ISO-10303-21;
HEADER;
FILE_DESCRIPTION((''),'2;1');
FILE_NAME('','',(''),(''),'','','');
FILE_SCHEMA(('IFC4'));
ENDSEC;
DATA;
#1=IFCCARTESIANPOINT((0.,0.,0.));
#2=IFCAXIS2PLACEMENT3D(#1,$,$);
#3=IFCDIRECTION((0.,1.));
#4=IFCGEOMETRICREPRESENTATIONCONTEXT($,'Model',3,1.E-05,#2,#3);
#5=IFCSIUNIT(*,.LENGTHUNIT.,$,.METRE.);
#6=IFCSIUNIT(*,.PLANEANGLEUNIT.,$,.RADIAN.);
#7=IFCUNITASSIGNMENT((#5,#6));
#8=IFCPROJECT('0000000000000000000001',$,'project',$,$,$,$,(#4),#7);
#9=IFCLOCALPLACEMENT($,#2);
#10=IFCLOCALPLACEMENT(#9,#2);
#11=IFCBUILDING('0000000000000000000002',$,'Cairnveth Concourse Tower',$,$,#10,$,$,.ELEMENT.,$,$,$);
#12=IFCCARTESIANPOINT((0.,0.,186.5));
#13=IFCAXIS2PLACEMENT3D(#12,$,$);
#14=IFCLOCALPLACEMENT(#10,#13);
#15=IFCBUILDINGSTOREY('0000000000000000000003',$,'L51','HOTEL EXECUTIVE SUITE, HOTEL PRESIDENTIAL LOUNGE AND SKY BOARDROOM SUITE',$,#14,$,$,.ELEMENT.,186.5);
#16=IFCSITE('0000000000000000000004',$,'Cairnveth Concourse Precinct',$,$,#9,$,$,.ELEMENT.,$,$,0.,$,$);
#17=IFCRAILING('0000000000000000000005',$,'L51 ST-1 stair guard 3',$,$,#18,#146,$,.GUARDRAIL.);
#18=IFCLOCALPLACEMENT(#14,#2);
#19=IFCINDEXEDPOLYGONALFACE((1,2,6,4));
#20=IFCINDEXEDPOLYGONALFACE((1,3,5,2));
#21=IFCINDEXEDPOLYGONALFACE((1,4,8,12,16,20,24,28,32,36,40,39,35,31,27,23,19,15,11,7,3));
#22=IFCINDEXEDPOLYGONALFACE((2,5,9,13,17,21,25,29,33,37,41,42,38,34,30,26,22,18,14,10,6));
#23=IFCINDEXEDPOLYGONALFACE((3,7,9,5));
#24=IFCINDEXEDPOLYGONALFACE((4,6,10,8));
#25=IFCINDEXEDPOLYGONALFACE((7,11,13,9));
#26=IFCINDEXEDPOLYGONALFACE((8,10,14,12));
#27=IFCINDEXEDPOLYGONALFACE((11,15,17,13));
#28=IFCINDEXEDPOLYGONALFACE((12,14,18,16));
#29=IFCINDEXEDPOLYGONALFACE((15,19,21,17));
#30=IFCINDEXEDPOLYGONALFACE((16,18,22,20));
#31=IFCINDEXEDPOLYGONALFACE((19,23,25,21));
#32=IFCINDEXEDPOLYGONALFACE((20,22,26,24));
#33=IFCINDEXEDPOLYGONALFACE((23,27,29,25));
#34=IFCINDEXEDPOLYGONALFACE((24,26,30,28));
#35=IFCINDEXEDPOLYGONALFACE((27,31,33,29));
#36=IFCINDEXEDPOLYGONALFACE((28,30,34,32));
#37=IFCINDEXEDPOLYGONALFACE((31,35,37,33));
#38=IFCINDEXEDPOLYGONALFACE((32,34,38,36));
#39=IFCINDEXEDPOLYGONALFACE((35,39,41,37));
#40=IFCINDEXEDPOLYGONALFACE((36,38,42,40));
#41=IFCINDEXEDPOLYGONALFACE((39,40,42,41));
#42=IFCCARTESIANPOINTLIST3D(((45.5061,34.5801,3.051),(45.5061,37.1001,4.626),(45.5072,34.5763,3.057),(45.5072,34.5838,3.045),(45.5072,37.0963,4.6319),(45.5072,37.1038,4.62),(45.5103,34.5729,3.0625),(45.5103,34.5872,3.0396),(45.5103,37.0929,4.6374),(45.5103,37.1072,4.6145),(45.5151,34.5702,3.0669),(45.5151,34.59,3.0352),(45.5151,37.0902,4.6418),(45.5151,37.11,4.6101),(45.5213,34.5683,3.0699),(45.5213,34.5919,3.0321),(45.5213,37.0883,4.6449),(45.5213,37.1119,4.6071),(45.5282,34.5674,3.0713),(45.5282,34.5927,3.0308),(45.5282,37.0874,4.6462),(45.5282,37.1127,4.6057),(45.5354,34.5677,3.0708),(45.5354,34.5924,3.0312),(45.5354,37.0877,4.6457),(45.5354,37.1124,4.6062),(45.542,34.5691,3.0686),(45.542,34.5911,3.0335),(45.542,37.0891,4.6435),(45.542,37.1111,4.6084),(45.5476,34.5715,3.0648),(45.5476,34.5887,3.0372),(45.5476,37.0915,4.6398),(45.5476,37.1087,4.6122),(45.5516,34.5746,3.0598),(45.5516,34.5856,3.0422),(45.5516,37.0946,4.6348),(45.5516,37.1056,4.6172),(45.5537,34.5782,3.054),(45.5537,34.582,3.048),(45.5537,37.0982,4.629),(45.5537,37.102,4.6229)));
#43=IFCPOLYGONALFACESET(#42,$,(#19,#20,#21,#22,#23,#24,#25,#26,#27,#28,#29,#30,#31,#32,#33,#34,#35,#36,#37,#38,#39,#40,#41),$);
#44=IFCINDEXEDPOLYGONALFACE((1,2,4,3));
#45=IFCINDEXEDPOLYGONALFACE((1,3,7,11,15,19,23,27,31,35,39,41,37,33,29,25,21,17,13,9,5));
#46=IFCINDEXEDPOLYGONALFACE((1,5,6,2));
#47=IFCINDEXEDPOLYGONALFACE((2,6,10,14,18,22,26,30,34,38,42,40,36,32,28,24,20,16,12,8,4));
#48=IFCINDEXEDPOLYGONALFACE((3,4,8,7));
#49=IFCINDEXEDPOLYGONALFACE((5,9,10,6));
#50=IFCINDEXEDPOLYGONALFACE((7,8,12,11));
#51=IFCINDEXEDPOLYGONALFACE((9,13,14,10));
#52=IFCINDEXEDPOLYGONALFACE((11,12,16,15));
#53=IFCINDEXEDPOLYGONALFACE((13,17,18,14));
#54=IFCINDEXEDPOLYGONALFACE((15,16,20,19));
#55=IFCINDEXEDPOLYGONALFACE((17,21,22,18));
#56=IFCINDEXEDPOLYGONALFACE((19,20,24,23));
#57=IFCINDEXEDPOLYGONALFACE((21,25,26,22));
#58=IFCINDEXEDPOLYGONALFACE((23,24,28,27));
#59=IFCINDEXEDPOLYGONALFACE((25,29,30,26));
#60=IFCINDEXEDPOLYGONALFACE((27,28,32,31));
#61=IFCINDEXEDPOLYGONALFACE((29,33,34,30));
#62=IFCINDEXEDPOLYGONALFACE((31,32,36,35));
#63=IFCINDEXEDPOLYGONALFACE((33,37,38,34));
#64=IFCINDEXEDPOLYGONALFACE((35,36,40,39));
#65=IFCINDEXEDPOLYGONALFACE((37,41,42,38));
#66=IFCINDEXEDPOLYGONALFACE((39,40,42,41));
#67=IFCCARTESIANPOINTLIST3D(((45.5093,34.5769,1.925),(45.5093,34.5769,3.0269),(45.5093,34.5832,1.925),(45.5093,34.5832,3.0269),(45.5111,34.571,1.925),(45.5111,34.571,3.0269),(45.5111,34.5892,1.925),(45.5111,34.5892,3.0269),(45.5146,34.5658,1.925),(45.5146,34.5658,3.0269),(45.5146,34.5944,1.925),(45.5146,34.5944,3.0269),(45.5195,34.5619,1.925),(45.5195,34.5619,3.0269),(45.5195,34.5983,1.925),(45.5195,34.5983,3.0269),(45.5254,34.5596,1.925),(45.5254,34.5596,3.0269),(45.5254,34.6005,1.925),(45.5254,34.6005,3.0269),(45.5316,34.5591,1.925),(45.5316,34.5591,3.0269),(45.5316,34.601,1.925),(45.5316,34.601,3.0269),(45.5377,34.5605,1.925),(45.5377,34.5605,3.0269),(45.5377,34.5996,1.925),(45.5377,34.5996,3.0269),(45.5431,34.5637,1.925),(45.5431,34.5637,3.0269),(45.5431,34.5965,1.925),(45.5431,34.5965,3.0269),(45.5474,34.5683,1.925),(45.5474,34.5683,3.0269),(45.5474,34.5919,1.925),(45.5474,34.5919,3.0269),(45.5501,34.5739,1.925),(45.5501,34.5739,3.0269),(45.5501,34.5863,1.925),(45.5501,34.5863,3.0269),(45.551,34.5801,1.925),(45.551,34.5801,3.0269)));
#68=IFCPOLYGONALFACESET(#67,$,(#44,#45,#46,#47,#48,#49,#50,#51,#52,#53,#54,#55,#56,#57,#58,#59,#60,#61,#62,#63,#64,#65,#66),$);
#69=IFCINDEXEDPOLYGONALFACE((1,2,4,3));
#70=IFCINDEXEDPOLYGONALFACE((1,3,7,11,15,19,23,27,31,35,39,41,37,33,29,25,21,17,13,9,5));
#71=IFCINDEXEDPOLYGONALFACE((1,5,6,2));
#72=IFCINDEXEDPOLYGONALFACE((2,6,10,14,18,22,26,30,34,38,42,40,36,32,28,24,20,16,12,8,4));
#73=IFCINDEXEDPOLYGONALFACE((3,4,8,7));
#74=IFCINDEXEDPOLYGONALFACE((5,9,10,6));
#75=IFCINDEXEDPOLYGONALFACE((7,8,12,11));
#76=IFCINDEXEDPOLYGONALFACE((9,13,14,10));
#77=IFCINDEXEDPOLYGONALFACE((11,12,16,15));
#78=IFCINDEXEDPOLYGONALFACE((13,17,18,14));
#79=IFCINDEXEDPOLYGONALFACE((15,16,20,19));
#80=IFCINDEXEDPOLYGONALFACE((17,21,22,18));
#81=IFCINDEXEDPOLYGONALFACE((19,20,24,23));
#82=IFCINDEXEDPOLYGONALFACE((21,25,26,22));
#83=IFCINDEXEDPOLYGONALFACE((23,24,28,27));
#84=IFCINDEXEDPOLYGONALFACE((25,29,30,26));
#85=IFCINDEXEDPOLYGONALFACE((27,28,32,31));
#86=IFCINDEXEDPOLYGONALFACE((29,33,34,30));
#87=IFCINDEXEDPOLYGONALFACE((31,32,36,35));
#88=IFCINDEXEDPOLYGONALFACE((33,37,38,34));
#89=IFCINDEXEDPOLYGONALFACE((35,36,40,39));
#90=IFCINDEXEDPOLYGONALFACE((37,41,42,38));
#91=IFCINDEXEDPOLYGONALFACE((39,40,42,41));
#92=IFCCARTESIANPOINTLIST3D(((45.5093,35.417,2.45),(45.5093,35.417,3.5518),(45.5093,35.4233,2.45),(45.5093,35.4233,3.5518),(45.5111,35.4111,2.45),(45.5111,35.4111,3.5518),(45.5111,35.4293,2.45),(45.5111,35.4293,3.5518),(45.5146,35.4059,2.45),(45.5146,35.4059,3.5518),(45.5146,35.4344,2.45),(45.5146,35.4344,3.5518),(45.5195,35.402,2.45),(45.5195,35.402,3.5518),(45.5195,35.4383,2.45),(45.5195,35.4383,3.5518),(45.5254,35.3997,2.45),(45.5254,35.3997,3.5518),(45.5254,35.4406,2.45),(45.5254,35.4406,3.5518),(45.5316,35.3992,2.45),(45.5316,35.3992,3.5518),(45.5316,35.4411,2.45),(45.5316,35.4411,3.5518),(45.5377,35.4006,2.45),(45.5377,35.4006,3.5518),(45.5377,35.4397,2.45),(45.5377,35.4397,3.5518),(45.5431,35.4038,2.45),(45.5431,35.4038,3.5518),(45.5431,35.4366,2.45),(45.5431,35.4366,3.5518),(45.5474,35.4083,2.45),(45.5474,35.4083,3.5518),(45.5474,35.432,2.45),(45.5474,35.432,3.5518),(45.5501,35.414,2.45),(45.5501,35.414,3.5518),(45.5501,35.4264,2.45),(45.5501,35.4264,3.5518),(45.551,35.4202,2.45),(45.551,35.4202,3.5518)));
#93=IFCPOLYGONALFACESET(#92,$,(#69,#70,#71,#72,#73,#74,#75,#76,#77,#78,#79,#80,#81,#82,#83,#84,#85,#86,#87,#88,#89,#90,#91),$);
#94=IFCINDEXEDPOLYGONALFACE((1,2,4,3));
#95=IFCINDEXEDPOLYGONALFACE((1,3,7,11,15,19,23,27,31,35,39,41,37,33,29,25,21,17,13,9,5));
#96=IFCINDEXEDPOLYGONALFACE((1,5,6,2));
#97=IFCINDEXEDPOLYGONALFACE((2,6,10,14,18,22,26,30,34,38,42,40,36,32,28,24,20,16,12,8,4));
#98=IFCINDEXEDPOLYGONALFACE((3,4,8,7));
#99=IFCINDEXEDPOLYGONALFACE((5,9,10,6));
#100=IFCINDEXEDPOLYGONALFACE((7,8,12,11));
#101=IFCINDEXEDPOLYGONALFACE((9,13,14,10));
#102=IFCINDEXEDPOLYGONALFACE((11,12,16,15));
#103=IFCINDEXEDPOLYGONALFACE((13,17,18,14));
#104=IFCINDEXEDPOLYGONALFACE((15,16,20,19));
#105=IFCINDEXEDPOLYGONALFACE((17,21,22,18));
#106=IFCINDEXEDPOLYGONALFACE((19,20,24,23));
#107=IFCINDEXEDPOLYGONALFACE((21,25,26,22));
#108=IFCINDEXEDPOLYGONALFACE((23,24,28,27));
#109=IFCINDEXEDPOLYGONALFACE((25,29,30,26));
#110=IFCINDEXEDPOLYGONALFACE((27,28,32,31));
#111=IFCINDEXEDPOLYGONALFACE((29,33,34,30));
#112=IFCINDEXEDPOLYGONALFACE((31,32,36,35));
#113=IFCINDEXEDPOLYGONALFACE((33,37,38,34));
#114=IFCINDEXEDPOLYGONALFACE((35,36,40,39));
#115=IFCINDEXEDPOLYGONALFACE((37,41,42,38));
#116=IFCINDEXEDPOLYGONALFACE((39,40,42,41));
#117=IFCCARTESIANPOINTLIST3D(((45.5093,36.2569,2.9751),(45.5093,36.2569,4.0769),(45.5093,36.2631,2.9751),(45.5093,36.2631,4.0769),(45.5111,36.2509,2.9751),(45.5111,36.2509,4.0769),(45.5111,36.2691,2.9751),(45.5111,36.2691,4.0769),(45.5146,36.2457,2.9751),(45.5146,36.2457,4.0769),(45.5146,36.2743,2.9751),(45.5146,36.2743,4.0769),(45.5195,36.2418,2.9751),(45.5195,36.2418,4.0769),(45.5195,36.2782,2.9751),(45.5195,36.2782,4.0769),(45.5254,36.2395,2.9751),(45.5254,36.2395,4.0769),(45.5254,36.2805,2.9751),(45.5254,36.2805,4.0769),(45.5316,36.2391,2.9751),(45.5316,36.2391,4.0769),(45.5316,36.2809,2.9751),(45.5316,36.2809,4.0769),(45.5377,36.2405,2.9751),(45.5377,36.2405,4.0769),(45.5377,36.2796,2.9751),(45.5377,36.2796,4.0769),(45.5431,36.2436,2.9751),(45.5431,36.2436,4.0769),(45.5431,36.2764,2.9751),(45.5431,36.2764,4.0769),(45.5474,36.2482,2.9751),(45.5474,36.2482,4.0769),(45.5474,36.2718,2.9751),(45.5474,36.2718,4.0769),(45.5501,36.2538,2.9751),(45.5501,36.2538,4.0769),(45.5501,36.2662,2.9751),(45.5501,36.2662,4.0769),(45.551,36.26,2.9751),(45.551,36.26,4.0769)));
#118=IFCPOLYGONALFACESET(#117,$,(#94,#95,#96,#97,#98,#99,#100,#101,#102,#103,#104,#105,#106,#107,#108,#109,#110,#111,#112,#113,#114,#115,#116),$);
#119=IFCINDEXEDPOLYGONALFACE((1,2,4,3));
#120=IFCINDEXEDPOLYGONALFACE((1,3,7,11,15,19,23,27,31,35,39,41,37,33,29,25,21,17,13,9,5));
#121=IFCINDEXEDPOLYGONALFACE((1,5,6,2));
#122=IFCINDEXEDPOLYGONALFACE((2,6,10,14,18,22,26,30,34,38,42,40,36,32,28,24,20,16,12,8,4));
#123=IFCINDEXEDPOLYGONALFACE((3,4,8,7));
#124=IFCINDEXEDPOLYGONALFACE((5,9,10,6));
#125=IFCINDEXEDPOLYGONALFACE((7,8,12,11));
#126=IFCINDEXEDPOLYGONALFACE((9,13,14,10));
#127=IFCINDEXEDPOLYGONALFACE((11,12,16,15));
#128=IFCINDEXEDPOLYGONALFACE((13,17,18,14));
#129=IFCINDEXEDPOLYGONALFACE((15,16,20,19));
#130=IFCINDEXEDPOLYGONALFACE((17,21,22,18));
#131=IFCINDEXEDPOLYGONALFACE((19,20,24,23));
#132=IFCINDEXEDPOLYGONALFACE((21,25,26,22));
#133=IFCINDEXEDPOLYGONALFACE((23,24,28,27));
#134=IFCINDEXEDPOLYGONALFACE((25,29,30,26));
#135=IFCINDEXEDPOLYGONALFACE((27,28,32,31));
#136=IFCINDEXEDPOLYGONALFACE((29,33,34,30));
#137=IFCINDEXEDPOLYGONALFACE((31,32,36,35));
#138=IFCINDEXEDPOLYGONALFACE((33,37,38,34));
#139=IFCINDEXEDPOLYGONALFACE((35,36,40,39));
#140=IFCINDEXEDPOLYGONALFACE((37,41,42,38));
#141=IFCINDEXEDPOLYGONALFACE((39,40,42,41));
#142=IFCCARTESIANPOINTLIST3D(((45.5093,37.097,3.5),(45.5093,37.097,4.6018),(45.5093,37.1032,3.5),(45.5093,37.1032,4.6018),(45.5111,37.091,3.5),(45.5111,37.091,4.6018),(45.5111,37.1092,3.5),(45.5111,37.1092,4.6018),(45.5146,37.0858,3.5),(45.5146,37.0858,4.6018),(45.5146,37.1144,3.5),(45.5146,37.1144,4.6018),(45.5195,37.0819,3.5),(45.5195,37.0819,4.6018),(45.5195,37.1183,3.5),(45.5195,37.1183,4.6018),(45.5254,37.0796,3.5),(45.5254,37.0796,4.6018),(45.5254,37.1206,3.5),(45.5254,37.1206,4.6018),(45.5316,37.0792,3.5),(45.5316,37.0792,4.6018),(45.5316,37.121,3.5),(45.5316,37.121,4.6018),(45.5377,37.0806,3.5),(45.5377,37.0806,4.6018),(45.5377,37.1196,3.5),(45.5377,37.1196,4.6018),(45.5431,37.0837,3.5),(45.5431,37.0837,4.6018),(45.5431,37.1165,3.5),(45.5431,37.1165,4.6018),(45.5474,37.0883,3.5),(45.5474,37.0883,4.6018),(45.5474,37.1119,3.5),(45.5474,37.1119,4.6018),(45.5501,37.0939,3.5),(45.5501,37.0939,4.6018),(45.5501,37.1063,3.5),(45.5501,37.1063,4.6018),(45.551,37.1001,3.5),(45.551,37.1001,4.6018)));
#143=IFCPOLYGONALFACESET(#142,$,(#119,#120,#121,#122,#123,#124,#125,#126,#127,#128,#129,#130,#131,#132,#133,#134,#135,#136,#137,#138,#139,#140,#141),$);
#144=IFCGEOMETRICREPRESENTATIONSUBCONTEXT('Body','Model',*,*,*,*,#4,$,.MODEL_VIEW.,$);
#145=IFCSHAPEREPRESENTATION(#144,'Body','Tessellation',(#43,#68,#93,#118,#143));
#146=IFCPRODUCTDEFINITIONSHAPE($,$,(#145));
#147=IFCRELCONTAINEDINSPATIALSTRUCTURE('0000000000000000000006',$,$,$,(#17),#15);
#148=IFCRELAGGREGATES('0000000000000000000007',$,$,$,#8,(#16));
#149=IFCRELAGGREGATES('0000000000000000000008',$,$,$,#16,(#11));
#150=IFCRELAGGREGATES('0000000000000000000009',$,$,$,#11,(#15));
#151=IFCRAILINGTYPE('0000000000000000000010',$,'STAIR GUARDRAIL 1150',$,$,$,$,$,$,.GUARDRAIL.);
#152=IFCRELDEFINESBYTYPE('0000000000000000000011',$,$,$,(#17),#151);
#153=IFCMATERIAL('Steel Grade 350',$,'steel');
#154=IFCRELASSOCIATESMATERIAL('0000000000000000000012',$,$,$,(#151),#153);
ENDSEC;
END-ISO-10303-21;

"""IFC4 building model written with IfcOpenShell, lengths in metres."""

from ifc_helpers import new_model, si_unit, direction, frame, origin, origin_2d, place, context, subcontext, project, spatial, circle, extrude, material, type_object, element, save


model = new_model("IFC4")

# Units and contexts
model_context = context("Model", 3, precision=1e-05, world=origin(), true_north=direction((0.0, 1.0)))
body_context = subcontext(model_context, "Body", "Model", "MODEL_VIEW")
ifc_project = project(units=[si_unit("LENGTHUNIT", "METRE"), si_unit("PLANEANGLEUNIT", "RADIAN")], contexts=[model_context])

# Site, building, storey
site_placement = place(None, origin())
site = spatial("IfcSite", under=ifc_project, at=site_placement, Name="Cairnveth Concourse Precinct", CompositionType="ELEMENT", RefElevation=0.0)
building_placement = place(site_placement, origin())
building = spatial("IfcBuilding", under=site, at=building_placement, Name="Cairnveth Concourse Tower", CompositionType="ELEMENT")
storey_placement = place(building_placement, frame((0.0, 0.0, 186.5)))
storey = spatial("IfcBuildingStorey", under=building, at=storey_placement, Name="L51", Description="HOTEL EXECUTIVE SUITE, HOTEL PRESIDENTIAL LOUNGE AND SKY BOARDROOM SUITE", CompositionType="ELEMENT", Elevation=186.5)

# Shared definitions
ifc_material_1 = material(Name="Steel Grade 350", Category="steel")

# Railing
railing_type_1 = type_object("IfcRailingType", Name="STAIR GUARDRAIL 1150", PredefinedType="GUARDRAIL", material=ifc_material_1)
railing_1_placement = place(storey_placement, frame((45.53, 34.5801, 1.925)))
element("IfcRailing", 1, at=railing_1_placement, inside=storey, type_object=railing_type_1, Name="L51 ST-1 stair guard 3", PredefinedType="GUARDRAIL", context=body_context, shape_type="SweptSolid", body=[
    extrude(circle(Radius=0.0239, at=origin_2d()), frame((0.0, 0.0, 1.126), z_axis=(0.0, 0.848008, 0.529984), x_axis=(-1.0, 0.0, 0.0)), (0.0, 0.0, 1.0), 2.9717),
    extrude(circle(Radius=0.021, at=origin_2d()), origin(), (0.0, 0.0, 1.0), 1.1018),
    extrude(circle(Radius=0.021, at=origin_2d()), frame((0.0, 0.8401, 0.5249)), (0.0, 0.0, 1.0), 1.1018),
    extrude(circle(Radius=0.021, at=origin_2d()), frame((0.0, 1.6799, 1.05)), (0.0, 0.0, 1.0), 1.1018),
    extrude(circle(Radius=0.021, at=origin_2d()), frame((0.0, 2.52, 1.575)), (0.0, 0.0, 1.0), 1.1018),
])

save(model, "model.ifc")
